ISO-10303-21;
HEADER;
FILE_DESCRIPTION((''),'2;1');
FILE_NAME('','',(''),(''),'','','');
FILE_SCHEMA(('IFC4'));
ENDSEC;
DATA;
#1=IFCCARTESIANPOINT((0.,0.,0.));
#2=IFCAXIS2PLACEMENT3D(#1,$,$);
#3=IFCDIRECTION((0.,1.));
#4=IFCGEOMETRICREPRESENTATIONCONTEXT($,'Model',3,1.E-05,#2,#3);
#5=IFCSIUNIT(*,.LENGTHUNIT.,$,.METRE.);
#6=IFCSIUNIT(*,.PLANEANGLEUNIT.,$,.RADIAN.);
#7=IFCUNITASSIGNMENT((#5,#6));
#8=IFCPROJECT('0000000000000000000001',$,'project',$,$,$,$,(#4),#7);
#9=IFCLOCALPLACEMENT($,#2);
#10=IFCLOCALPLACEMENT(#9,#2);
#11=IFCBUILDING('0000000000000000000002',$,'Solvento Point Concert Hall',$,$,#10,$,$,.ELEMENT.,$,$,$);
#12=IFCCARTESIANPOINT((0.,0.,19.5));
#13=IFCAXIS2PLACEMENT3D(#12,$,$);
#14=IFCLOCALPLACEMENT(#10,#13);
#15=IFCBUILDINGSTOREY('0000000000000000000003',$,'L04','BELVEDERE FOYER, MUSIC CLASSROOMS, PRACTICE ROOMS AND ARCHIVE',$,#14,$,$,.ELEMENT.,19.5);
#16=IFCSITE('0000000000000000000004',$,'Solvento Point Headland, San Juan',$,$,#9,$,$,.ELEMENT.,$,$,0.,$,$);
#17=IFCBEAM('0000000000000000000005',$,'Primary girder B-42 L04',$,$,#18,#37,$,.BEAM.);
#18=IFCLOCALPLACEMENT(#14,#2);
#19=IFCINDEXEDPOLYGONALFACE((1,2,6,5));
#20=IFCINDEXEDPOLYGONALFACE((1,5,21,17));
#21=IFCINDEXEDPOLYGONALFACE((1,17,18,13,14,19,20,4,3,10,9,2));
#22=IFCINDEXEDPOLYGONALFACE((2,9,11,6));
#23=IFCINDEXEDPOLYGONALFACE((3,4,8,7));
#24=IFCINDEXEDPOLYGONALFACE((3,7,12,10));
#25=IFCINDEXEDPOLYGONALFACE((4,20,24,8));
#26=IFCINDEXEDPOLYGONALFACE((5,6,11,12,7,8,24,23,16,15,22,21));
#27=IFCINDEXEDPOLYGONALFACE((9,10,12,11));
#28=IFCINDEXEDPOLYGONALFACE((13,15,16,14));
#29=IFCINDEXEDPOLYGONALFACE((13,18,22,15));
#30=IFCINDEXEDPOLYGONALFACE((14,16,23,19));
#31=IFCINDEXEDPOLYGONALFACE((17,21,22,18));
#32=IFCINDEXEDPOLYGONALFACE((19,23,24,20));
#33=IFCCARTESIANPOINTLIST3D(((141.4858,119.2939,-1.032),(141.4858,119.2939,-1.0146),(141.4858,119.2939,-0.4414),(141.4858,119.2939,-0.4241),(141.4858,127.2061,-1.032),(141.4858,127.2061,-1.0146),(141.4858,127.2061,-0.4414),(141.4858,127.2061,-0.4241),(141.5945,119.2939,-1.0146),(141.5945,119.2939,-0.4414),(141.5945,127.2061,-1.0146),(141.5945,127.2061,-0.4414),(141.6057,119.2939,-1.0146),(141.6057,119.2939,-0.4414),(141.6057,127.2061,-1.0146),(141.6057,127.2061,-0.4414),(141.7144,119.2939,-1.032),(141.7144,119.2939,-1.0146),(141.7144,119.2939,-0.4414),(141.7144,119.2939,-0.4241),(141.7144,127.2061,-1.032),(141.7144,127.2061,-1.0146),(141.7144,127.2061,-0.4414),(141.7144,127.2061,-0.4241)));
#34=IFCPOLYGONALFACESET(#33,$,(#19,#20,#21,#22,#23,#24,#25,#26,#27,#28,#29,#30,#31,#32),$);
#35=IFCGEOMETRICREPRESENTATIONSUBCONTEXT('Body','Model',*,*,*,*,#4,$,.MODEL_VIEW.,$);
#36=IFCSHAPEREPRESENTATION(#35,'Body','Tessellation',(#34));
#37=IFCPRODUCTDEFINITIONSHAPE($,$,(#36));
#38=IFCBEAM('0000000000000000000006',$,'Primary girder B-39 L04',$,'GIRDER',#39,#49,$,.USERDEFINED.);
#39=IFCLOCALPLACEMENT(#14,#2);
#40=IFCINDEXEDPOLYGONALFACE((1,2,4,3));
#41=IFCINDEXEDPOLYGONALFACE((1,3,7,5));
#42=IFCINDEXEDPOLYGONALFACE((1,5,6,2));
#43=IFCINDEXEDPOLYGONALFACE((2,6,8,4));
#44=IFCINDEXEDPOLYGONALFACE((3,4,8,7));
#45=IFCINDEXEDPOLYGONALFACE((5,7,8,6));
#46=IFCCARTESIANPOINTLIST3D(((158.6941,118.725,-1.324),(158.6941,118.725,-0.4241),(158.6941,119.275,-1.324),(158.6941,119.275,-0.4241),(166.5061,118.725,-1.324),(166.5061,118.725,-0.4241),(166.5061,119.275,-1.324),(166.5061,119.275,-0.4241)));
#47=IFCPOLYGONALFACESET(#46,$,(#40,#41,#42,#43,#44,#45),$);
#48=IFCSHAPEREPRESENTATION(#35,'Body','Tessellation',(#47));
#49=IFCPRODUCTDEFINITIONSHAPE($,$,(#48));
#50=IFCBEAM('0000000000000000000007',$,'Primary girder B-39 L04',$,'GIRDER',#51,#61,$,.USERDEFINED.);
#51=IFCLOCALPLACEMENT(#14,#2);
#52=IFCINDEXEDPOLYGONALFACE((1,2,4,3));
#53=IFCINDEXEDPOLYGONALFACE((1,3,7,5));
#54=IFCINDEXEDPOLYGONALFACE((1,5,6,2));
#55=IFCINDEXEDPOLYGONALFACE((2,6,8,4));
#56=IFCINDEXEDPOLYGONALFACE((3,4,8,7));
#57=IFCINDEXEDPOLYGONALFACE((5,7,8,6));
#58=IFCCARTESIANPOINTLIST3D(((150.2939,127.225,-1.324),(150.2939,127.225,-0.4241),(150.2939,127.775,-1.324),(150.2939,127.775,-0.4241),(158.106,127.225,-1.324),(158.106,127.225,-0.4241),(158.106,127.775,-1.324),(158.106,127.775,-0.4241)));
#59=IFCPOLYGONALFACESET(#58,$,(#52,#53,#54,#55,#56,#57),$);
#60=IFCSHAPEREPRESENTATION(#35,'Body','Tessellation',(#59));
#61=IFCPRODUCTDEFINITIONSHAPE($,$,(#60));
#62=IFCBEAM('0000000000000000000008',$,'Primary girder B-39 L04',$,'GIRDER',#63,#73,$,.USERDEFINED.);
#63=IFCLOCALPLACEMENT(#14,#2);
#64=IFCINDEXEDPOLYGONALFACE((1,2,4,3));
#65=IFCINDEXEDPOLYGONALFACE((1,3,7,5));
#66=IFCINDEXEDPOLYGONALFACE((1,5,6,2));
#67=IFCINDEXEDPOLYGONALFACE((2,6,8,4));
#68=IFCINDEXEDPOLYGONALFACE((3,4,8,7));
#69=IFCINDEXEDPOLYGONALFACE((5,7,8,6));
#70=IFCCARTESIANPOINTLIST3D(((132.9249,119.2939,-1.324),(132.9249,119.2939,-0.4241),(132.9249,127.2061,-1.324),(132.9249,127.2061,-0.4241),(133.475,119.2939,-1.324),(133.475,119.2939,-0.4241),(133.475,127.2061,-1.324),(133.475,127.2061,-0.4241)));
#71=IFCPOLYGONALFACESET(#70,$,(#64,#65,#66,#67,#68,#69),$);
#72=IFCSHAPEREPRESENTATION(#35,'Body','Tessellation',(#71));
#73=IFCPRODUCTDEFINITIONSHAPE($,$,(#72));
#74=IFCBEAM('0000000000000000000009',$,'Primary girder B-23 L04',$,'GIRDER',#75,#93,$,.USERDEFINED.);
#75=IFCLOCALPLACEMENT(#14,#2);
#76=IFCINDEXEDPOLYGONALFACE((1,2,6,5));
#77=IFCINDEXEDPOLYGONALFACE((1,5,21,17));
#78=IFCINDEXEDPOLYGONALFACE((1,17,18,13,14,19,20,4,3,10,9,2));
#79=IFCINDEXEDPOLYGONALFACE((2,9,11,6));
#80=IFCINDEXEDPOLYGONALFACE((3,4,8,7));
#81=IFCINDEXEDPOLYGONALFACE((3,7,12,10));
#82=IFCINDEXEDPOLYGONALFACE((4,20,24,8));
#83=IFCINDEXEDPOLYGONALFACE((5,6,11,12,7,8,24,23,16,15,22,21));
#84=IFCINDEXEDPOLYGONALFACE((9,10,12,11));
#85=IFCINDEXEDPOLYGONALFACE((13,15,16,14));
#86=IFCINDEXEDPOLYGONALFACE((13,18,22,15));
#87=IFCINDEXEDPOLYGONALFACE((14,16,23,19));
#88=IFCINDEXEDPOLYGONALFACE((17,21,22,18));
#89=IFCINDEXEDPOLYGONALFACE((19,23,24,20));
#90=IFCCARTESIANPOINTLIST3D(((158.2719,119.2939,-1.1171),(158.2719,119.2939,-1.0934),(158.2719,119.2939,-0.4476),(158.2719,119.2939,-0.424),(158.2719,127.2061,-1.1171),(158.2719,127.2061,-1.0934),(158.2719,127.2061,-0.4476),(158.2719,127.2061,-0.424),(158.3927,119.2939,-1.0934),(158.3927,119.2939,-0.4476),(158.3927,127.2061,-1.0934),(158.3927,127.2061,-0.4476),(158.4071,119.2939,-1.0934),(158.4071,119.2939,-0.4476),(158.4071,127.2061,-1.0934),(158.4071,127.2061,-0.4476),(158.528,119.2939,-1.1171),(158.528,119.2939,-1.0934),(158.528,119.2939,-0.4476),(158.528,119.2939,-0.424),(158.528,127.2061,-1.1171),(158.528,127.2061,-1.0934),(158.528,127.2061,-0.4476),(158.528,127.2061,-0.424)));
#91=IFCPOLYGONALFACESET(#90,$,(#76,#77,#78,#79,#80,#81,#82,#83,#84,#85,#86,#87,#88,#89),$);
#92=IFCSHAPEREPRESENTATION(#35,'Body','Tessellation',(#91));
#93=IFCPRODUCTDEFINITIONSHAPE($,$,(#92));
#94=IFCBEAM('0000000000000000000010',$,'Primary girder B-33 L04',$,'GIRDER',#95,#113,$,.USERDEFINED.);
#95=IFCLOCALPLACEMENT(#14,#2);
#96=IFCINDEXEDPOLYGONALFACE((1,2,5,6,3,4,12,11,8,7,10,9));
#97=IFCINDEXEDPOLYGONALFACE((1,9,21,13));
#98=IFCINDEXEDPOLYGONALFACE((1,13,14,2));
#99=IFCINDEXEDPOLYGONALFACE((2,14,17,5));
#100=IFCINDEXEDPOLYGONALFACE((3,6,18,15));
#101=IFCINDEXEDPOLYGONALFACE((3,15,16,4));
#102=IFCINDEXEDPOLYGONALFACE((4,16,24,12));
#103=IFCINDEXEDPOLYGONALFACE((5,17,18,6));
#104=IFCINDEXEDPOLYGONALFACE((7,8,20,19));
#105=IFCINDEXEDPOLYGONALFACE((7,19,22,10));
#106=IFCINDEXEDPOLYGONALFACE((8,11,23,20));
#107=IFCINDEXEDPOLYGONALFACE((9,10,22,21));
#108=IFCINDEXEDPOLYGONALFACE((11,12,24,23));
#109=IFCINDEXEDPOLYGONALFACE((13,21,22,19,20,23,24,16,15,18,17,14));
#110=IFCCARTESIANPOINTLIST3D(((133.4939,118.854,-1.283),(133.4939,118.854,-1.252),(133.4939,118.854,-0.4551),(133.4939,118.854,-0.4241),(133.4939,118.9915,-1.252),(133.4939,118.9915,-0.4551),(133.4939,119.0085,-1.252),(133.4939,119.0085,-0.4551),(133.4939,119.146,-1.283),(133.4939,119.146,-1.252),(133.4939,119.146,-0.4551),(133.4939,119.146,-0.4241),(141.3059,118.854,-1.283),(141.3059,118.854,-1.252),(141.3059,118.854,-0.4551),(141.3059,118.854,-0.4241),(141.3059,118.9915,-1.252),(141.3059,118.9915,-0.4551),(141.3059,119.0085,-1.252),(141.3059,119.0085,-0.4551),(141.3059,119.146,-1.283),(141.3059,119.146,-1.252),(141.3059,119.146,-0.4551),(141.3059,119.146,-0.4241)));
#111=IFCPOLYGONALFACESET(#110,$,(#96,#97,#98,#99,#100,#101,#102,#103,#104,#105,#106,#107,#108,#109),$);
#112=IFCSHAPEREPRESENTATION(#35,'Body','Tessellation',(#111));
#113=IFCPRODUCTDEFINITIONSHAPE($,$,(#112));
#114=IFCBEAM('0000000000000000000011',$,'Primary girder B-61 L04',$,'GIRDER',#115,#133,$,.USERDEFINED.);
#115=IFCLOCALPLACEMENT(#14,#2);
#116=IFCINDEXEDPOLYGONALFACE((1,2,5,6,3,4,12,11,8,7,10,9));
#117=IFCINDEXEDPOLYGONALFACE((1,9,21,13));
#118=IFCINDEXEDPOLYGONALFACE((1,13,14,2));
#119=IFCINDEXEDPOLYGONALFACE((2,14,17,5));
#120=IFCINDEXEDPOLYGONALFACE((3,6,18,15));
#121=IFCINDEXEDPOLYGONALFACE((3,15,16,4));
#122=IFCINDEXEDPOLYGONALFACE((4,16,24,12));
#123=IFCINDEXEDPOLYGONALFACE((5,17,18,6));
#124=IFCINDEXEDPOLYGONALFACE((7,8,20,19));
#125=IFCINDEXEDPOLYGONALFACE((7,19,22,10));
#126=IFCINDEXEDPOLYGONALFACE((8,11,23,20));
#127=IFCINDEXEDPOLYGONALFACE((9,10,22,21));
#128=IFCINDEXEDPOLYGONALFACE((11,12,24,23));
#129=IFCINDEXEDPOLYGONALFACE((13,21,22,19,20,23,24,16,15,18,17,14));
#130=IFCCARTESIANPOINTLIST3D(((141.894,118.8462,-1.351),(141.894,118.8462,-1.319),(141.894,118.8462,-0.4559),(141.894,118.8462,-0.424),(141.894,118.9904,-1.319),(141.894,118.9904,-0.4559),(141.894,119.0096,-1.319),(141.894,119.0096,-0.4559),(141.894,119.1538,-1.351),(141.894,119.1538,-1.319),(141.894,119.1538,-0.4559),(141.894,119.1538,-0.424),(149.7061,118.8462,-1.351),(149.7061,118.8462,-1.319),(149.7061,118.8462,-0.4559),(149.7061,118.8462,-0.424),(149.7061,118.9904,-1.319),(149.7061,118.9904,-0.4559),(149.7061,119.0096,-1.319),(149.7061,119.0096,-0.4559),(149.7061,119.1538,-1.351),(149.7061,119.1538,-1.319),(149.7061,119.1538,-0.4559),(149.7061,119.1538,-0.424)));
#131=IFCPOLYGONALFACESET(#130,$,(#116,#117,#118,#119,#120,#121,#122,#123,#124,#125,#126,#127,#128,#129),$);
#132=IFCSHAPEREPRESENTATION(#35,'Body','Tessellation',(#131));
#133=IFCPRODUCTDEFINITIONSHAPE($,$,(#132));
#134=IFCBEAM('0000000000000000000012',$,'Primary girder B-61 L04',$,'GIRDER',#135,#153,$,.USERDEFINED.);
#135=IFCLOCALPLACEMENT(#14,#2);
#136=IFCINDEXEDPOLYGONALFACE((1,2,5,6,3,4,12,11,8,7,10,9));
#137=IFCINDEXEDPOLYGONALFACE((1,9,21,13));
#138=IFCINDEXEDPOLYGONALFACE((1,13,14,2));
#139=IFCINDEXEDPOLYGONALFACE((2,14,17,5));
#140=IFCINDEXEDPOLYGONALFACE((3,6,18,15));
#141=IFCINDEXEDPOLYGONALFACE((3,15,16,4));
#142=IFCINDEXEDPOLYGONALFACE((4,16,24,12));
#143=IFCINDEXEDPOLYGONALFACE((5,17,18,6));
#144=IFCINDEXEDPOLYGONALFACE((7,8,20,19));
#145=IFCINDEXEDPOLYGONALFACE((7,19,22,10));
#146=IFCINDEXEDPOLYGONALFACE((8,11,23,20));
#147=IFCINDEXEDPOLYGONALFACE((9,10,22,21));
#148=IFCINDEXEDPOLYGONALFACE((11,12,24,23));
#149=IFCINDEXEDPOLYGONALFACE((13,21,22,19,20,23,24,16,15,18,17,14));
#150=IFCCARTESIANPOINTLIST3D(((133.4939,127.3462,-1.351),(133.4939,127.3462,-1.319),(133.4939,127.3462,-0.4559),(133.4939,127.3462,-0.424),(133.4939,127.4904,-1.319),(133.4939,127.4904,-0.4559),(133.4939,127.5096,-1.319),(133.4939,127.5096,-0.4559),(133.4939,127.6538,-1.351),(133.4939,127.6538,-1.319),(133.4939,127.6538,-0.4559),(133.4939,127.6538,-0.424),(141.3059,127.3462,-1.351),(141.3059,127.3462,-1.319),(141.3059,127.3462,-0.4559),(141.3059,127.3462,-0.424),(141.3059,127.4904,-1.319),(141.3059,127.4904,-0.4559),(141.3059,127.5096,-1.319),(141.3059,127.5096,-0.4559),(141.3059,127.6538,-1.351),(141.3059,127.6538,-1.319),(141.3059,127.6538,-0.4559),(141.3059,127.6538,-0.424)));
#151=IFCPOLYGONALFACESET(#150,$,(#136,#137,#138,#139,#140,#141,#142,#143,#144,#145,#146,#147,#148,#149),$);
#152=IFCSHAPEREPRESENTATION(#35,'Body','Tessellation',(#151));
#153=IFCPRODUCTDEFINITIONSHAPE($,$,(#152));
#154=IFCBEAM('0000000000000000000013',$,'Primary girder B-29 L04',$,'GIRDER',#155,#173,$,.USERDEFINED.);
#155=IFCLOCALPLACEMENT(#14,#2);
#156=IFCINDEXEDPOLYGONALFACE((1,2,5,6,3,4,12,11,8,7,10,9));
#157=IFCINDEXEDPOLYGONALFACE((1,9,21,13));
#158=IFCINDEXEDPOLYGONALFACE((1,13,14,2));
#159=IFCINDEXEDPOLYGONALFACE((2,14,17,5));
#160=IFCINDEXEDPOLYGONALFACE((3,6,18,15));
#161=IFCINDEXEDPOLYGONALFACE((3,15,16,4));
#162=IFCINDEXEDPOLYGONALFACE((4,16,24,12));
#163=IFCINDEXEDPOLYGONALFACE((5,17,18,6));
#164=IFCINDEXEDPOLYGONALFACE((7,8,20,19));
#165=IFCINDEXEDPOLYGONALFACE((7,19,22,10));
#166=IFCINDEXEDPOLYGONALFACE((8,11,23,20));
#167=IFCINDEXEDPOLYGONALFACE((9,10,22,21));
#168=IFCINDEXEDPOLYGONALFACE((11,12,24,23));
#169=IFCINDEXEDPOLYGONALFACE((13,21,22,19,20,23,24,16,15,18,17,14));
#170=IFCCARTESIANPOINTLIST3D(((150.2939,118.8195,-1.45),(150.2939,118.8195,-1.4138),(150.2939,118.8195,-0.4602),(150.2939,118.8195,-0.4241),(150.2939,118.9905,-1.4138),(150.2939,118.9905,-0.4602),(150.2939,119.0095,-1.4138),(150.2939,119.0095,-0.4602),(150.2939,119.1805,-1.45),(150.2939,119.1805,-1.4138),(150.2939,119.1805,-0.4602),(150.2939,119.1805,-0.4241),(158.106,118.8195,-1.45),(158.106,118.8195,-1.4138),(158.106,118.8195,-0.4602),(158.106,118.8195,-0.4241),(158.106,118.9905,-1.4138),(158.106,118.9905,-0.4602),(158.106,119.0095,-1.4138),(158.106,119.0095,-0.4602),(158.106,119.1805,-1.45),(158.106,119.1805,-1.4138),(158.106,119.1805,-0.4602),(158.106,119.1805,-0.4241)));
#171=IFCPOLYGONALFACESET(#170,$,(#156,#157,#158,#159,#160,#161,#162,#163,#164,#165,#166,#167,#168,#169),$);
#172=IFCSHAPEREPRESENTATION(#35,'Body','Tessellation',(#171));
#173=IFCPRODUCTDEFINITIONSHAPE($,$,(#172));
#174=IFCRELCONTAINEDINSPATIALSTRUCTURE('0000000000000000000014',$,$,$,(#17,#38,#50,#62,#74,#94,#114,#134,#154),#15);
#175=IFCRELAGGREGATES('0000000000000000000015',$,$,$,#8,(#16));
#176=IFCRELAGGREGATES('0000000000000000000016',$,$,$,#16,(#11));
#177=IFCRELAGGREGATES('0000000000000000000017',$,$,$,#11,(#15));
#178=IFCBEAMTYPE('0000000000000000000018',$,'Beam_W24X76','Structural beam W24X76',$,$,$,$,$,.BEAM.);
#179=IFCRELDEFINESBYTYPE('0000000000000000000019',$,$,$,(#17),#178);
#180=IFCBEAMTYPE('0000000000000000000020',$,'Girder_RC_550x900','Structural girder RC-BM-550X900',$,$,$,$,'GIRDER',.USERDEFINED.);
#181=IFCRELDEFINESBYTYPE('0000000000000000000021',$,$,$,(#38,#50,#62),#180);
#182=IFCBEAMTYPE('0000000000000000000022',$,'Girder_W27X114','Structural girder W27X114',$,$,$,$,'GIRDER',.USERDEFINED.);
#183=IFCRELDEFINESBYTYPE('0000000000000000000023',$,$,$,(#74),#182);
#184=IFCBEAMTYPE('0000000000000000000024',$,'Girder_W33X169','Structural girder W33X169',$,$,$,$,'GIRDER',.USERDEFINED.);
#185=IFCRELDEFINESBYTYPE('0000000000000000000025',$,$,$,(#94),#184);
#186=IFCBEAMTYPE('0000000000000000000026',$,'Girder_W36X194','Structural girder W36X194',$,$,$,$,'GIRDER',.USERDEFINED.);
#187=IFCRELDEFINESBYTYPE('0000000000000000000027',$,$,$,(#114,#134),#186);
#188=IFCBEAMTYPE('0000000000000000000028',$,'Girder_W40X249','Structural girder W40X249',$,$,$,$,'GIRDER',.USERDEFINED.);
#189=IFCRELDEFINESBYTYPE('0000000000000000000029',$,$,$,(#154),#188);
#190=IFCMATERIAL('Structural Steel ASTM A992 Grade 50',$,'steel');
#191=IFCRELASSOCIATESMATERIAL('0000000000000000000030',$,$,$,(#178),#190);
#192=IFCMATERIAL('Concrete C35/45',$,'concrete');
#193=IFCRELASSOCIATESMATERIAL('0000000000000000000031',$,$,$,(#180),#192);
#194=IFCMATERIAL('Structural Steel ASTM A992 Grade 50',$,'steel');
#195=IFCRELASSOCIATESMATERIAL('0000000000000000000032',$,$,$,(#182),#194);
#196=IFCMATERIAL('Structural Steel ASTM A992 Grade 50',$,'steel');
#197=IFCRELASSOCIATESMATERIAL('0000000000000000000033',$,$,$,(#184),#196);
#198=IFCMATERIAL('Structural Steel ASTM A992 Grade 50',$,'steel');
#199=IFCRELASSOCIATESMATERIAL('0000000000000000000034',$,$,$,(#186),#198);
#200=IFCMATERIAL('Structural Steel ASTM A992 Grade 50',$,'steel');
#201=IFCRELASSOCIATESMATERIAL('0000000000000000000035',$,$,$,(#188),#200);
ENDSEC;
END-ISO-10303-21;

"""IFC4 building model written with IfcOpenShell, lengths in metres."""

from ifc_helpers import new_model, si_unit, direction, frame, origin, origin_2d, place, context, subcontext, project, spatial, rectangle, i_section, extrude, material, material_profile, profile_set, type_object, element, save


model = new_model("IFC4")

# Units and contexts
model_context = context("Model", 3, precision=1e-05, world=origin(), true_north=direction((0.0, 1.0)))
body_context = subcontext(model_context, "Body", "Model", "MODEL_VIEW")
ifc_project = project(units=[si_unit("LENGTHUNIT", "METRE"), si_unit("PLANEANGLEUNIT", "RADIAN")], contexts=[model_context])

# Site, building, storey
site_placement = place(None, origin())
site = spatial("IfcSite", under=ifc_project, at=site_placement, Name="Solvento Point Headland, San Juan", CompositionType="ELEMENT", RefElevation=0.0)
building_placement = place(site_placement, origin())
building = spatial("IfcBuilding", under=site, at=building_placement, Name="Solvento Point Concert Hall", CompositionType="ELEMENT")
storey_placement = place(building_placement, frame((0.0, 0.0, 19.5)))
storey = spatial("IfcBuildingStorey", under=building, at=storey_placement, Name="L04", Description="BELVEDERE FOYER, MUSIC CLASSROOMS, PRACTICE ROOMS AND ARCHIVE", CompositionType="ELEMENT", Elevation=19.5)

# Beams
ifc_material_1 = material(Name="Structural Steel ASTM A992 Grade 50", Category="steel")
ifc_material_profile_1 = material_profile(ifc_material_1, i_section(OverallWidth=0.2285, OverallDepth=0.6079, WebThickness=0.0112, FlangeThickness=0.0173, at=origin_2d()), Name="W24X76")
ifc_profile_set_1 = profile_set([ifc_material_profile_1], Name="Structural Steel ASTM A992 Grade 50")
beam_type_1 = type_object("IfcBeamType", Name="Beam_W24X76", Description="Structural beam W24X76", PredefinedType="BEAM", material=ifc_profile_set_1)
beam_1_placement = place(storey_placement, frame((141.6001, 119.2939, -0.728), z_axis=(0.0, 1.0, 0.0), x_axis=(-1.0, 0.0, 0.0)))
element("IfcBeam", 1, at=beam_1_placement, inside=storey, type_object=beam_type_1, Name="Primary girder B-42 L04", PredefinedType="BEAM", context=body_context, shape_type="SweptSolid", body=[
    extrude(i_section(OverallWidth=0.2285, OverallDepth=0.6079, WebThickness=0.0112, FlangeThickness=0.0173, at=origin_2d()), origin(), (0.0, 0.0, 1.0), 7.9121),
])
ifc_material_2 = material(Name="Concrete C35/45", Category="concrete")
ifc_material_profile_2 = material_profile(ifc_material_2, rectangle(XDim=0.55, YDim=0.8999, at=origin_2d()), Name="RC-BM-550X900")
ifc_profile_set_2 = profile_set([ifc_material_profile_2], Name="Concrete C35/45")
beam_type_2 = type_object("IfcBeamType", Name="Girder_RC_550x900", Description="Structural girder RC-BM-550X900", ElementType="GIRDER", PredefinedType="USERDEFINED", material=ifc_profile_set_2)
for number, where, z_axis, x_axis, name in (
    (2, (158.6941, 119.0, -0.874), (1.0, 0.0, 0.0), (0.0, 1.0, 0.0), "Primary girder B-39 L04"),
    (3, (150.2939, 127.5, -0.874), (1.0, 0.0, 0.0), (0.0, 1.0, 0.0), "Primary girder B-39 L04"),
):
    element("IfcBeam", number, at=place(storey_placement, frame(where, z_axis=z_axis, x_axis=x_axis)), inside=storey, type_object=beam_type_2, Name=name, ObjectType="GIRDER", PredefinedType="USERDEFINED", context=body_context, shape_type="SweptSolid", body=[
        extrude(rectangle(XDim=0.55, YDim=0.8999, at=origin_2d()), origin(), (0.0, 0.0, 1.0), 7.812),
    ])
beam_2_placement = place(storey_placement, frame((133.2, 119.2939, -0.874), z_axis=(0.0, 1.0, 0.0), x_axis=(-1.0, 0.0, 0.0)))
element("IfcBeam", 4, at=beam_2_placement, inside=storey, type_object=beam_type_2, Name="Primary girder B-39 L04", ObjectType="GIRDER", PredefinedType="USERDEFINED", context=body_context, shape_type="SweptSolid", body=[
    extrude(rectangle(XDim=0.55, YDim=0.8999, at=origin_2d()), origin(), (0.0, 0.0, 1.0), 7.9121),
])
ifc_material_3 = material(Name="Structural Steel ASTM A992 Grade 50", Category="steel")
ifc_material_profile_3 = material_profile(ifc_material_3, i_section(OverallWidth=0.2561, OverallDepth=0.6931, WebThickness=0.0144, FlangeThickness=0.0237, at=origin_2d()), Name="W27X114")
ifc_profile_set_3 = profile_set([ifc_material_profile_3], Name="Structural Steel ASTM A992 Grade 50")
beam_type_3 = type_object("IfcBeamType", Name="Girder_W27X114", Description="Structural girder W27X114", ElementType="GIRDER", PredefinedType="USERDEFINED", material=ifc_profile_set_3)
beam_3_placement = place(storey_placement, frame((158.3999, 119.2939, -0.7705), z_axis=(0.0, 1.0, 0.0), x_axis=(-1.0, 0.0, 0.0)))
element("IfcBeam", 5, at=beam_3_placement, inside=storey, type_object=beam_type_3, Name="Primary girder B-23 L04", ObjectType="GIRDER", PredefinedType="USERDEFINED", context=body_context, shape_type="SweptSolid", body=[
    extrude(i_section(OverallWidth=0.2561, OverallDepth=0.6931, WebThickness=0.0144, FlangeThickness=0.0237, at=origin_2d()), origin(), (0.0, 0.0, 1.0), 7.9121),
])
ifc_material_4 = material(Name="Structural Steel ASTM A992 Grade 50", Category="steel")
ifc_material_profile_4 = material_profile(ifc_material_4, i_section(OverallWidth=0.292, OverallDepth=0.8589, WebThickness=0.0171, FlangeThickness=0.031, at=origin_2d()), Name="W33X169")
ifc_profile_set_4 = profile_set([ifc_material_profile_4], Name="Structural Steel ASTM A992 Grade 50")
beam_type_4 = type_object("IfcBeamType", Name="Girder_W33X169", Description="Structural girder W33X169", ElementType="GIRDER", PredefinedType="USERDEFINED", material=ifc_profile_set_4)
beam_4_placement = place(storey_placement, frame((133.4939, 119.0, -0.8535), z_axis=(1.0, 0.0, 0.0), x_axis=(0.0, 1.0, 0.0)))
element("IfcBeam", 6, at=beam_4_placement, inside=storey, type_object=beam_type_4, Name="Primary girder B-33 L04", ObjectType="GIRDER", PredefinedType="USERDEFINED", context=body_context, shape_type="SweptSolid", body=[
    extrude(i_section(OverallWidth=0.292, OverallDepth=0.8589, WebThickness=0.0171, FlangeThickness=0.031, at=origin_2d()), origin(), (0.0, 0.0, 1.0), 7.812),
])
ifc_material_5 = material(Name="Structural Steel ASTM A992 Grade 50", Category="steel")
ifc_material_profile_5 = material_profile(ifc_material_5, i_section(OverallWidth=0.3076, OverallDepth=0.927, WebThickness=0.0193, FlangeThickness=0.032, at=origin_2d()), Name="W36X194")
ifc_profile_set_5 = profile_set([ifc_material_profile_5], Name="Structural Steel ASTM A992 Grade 50")
beam_type_5 = type_object("IfcBeamType", Name="Girder_W36X194", Description="Structural girder W36X194", ElementType="GIRDER", PredefinedType="USERDEFINED", material=ifc_profile_set_5)
for number, where, z_axis, x_axis, name in (
    (7, (141.894, 119.0, -0.8875), (1.0, 0.0, 0.0), (0.0, 1.0, 0.0), "Primary girder B-61 L04"),
    (8, (133.4939, 127.5, -0.8875), (1.0, 0.0, 0.0), (0.0, 1.0, 0.0), "Primary girder B-61 L04"),
):
    element("IfcBeam", number, at=place(storey_placement, frame(where, z_axis=z_axis, x_axis=x_axis)), inside=storey, type_object=beam_type_5, Name=name, ObjectType="GIRDER", PredefinedType="USERDEFINED", context=body_context, shape_type="SweptSolid", body=[
        extrude(i_section(OverallWidth=0.3076, OverallDepth=0.927, WebThickness=0.0193, FlangeThickness=0.032, at=origin_2d()), origin(), (0.0, 0.0, 1.0), 7.812),
    ])
ifc_material_6 = material(Name="Structural Steel ASTM A992 Grade 50", Category="steel")
ifc_material_profile_6 = material_profile(ifc_material_6, i_section(OverallWidth=0.3611, OverallDepth=1.0259, WebThickness=0.019, FlangeThickness=0.0361, at=origin_2d()), Name="W40X249")
ifc_profile_set_6 = profile_set([ifc_material_profile_6], Name="Structural Steel ASTM A992 Grade 50")
beam_type_6 = type_object("IfcBeamType", Name="Girder_W40X249", Description="Structural girder W40X249", ElementType="GIRDER", PredefinedType="USERDEFINED", material=ifc_profile_set_6)
for number, where, z_axis, x_axis, name in (
    (9, (150.2939, 119.0, -0.937), (1.0, 0.0, 0.0), (0.0, 1.0, 0.0), "Primary girder B-29 L04"),
):
    element("IfcBeam", number, at=place(storey_placement, frame(where, z_axis=z_axis, x_axis=x_axis)), inside=storey, type_object=beam_type_6, Name=name, ObjectType="GIRDER", PredefinedType="USERDEFINED", context=body_context, shape_type="SweptSolid", body=[
        extrude(i_section(OverallWidth=0.3611, OverallDepth=1.0259, WebThickness=0.019, FlangeThickness=0.0361, at=origin_2d()), origin(), (0.0, 0.0, 1.0), 7.812),
    ])

save(model, "model.ifc")
